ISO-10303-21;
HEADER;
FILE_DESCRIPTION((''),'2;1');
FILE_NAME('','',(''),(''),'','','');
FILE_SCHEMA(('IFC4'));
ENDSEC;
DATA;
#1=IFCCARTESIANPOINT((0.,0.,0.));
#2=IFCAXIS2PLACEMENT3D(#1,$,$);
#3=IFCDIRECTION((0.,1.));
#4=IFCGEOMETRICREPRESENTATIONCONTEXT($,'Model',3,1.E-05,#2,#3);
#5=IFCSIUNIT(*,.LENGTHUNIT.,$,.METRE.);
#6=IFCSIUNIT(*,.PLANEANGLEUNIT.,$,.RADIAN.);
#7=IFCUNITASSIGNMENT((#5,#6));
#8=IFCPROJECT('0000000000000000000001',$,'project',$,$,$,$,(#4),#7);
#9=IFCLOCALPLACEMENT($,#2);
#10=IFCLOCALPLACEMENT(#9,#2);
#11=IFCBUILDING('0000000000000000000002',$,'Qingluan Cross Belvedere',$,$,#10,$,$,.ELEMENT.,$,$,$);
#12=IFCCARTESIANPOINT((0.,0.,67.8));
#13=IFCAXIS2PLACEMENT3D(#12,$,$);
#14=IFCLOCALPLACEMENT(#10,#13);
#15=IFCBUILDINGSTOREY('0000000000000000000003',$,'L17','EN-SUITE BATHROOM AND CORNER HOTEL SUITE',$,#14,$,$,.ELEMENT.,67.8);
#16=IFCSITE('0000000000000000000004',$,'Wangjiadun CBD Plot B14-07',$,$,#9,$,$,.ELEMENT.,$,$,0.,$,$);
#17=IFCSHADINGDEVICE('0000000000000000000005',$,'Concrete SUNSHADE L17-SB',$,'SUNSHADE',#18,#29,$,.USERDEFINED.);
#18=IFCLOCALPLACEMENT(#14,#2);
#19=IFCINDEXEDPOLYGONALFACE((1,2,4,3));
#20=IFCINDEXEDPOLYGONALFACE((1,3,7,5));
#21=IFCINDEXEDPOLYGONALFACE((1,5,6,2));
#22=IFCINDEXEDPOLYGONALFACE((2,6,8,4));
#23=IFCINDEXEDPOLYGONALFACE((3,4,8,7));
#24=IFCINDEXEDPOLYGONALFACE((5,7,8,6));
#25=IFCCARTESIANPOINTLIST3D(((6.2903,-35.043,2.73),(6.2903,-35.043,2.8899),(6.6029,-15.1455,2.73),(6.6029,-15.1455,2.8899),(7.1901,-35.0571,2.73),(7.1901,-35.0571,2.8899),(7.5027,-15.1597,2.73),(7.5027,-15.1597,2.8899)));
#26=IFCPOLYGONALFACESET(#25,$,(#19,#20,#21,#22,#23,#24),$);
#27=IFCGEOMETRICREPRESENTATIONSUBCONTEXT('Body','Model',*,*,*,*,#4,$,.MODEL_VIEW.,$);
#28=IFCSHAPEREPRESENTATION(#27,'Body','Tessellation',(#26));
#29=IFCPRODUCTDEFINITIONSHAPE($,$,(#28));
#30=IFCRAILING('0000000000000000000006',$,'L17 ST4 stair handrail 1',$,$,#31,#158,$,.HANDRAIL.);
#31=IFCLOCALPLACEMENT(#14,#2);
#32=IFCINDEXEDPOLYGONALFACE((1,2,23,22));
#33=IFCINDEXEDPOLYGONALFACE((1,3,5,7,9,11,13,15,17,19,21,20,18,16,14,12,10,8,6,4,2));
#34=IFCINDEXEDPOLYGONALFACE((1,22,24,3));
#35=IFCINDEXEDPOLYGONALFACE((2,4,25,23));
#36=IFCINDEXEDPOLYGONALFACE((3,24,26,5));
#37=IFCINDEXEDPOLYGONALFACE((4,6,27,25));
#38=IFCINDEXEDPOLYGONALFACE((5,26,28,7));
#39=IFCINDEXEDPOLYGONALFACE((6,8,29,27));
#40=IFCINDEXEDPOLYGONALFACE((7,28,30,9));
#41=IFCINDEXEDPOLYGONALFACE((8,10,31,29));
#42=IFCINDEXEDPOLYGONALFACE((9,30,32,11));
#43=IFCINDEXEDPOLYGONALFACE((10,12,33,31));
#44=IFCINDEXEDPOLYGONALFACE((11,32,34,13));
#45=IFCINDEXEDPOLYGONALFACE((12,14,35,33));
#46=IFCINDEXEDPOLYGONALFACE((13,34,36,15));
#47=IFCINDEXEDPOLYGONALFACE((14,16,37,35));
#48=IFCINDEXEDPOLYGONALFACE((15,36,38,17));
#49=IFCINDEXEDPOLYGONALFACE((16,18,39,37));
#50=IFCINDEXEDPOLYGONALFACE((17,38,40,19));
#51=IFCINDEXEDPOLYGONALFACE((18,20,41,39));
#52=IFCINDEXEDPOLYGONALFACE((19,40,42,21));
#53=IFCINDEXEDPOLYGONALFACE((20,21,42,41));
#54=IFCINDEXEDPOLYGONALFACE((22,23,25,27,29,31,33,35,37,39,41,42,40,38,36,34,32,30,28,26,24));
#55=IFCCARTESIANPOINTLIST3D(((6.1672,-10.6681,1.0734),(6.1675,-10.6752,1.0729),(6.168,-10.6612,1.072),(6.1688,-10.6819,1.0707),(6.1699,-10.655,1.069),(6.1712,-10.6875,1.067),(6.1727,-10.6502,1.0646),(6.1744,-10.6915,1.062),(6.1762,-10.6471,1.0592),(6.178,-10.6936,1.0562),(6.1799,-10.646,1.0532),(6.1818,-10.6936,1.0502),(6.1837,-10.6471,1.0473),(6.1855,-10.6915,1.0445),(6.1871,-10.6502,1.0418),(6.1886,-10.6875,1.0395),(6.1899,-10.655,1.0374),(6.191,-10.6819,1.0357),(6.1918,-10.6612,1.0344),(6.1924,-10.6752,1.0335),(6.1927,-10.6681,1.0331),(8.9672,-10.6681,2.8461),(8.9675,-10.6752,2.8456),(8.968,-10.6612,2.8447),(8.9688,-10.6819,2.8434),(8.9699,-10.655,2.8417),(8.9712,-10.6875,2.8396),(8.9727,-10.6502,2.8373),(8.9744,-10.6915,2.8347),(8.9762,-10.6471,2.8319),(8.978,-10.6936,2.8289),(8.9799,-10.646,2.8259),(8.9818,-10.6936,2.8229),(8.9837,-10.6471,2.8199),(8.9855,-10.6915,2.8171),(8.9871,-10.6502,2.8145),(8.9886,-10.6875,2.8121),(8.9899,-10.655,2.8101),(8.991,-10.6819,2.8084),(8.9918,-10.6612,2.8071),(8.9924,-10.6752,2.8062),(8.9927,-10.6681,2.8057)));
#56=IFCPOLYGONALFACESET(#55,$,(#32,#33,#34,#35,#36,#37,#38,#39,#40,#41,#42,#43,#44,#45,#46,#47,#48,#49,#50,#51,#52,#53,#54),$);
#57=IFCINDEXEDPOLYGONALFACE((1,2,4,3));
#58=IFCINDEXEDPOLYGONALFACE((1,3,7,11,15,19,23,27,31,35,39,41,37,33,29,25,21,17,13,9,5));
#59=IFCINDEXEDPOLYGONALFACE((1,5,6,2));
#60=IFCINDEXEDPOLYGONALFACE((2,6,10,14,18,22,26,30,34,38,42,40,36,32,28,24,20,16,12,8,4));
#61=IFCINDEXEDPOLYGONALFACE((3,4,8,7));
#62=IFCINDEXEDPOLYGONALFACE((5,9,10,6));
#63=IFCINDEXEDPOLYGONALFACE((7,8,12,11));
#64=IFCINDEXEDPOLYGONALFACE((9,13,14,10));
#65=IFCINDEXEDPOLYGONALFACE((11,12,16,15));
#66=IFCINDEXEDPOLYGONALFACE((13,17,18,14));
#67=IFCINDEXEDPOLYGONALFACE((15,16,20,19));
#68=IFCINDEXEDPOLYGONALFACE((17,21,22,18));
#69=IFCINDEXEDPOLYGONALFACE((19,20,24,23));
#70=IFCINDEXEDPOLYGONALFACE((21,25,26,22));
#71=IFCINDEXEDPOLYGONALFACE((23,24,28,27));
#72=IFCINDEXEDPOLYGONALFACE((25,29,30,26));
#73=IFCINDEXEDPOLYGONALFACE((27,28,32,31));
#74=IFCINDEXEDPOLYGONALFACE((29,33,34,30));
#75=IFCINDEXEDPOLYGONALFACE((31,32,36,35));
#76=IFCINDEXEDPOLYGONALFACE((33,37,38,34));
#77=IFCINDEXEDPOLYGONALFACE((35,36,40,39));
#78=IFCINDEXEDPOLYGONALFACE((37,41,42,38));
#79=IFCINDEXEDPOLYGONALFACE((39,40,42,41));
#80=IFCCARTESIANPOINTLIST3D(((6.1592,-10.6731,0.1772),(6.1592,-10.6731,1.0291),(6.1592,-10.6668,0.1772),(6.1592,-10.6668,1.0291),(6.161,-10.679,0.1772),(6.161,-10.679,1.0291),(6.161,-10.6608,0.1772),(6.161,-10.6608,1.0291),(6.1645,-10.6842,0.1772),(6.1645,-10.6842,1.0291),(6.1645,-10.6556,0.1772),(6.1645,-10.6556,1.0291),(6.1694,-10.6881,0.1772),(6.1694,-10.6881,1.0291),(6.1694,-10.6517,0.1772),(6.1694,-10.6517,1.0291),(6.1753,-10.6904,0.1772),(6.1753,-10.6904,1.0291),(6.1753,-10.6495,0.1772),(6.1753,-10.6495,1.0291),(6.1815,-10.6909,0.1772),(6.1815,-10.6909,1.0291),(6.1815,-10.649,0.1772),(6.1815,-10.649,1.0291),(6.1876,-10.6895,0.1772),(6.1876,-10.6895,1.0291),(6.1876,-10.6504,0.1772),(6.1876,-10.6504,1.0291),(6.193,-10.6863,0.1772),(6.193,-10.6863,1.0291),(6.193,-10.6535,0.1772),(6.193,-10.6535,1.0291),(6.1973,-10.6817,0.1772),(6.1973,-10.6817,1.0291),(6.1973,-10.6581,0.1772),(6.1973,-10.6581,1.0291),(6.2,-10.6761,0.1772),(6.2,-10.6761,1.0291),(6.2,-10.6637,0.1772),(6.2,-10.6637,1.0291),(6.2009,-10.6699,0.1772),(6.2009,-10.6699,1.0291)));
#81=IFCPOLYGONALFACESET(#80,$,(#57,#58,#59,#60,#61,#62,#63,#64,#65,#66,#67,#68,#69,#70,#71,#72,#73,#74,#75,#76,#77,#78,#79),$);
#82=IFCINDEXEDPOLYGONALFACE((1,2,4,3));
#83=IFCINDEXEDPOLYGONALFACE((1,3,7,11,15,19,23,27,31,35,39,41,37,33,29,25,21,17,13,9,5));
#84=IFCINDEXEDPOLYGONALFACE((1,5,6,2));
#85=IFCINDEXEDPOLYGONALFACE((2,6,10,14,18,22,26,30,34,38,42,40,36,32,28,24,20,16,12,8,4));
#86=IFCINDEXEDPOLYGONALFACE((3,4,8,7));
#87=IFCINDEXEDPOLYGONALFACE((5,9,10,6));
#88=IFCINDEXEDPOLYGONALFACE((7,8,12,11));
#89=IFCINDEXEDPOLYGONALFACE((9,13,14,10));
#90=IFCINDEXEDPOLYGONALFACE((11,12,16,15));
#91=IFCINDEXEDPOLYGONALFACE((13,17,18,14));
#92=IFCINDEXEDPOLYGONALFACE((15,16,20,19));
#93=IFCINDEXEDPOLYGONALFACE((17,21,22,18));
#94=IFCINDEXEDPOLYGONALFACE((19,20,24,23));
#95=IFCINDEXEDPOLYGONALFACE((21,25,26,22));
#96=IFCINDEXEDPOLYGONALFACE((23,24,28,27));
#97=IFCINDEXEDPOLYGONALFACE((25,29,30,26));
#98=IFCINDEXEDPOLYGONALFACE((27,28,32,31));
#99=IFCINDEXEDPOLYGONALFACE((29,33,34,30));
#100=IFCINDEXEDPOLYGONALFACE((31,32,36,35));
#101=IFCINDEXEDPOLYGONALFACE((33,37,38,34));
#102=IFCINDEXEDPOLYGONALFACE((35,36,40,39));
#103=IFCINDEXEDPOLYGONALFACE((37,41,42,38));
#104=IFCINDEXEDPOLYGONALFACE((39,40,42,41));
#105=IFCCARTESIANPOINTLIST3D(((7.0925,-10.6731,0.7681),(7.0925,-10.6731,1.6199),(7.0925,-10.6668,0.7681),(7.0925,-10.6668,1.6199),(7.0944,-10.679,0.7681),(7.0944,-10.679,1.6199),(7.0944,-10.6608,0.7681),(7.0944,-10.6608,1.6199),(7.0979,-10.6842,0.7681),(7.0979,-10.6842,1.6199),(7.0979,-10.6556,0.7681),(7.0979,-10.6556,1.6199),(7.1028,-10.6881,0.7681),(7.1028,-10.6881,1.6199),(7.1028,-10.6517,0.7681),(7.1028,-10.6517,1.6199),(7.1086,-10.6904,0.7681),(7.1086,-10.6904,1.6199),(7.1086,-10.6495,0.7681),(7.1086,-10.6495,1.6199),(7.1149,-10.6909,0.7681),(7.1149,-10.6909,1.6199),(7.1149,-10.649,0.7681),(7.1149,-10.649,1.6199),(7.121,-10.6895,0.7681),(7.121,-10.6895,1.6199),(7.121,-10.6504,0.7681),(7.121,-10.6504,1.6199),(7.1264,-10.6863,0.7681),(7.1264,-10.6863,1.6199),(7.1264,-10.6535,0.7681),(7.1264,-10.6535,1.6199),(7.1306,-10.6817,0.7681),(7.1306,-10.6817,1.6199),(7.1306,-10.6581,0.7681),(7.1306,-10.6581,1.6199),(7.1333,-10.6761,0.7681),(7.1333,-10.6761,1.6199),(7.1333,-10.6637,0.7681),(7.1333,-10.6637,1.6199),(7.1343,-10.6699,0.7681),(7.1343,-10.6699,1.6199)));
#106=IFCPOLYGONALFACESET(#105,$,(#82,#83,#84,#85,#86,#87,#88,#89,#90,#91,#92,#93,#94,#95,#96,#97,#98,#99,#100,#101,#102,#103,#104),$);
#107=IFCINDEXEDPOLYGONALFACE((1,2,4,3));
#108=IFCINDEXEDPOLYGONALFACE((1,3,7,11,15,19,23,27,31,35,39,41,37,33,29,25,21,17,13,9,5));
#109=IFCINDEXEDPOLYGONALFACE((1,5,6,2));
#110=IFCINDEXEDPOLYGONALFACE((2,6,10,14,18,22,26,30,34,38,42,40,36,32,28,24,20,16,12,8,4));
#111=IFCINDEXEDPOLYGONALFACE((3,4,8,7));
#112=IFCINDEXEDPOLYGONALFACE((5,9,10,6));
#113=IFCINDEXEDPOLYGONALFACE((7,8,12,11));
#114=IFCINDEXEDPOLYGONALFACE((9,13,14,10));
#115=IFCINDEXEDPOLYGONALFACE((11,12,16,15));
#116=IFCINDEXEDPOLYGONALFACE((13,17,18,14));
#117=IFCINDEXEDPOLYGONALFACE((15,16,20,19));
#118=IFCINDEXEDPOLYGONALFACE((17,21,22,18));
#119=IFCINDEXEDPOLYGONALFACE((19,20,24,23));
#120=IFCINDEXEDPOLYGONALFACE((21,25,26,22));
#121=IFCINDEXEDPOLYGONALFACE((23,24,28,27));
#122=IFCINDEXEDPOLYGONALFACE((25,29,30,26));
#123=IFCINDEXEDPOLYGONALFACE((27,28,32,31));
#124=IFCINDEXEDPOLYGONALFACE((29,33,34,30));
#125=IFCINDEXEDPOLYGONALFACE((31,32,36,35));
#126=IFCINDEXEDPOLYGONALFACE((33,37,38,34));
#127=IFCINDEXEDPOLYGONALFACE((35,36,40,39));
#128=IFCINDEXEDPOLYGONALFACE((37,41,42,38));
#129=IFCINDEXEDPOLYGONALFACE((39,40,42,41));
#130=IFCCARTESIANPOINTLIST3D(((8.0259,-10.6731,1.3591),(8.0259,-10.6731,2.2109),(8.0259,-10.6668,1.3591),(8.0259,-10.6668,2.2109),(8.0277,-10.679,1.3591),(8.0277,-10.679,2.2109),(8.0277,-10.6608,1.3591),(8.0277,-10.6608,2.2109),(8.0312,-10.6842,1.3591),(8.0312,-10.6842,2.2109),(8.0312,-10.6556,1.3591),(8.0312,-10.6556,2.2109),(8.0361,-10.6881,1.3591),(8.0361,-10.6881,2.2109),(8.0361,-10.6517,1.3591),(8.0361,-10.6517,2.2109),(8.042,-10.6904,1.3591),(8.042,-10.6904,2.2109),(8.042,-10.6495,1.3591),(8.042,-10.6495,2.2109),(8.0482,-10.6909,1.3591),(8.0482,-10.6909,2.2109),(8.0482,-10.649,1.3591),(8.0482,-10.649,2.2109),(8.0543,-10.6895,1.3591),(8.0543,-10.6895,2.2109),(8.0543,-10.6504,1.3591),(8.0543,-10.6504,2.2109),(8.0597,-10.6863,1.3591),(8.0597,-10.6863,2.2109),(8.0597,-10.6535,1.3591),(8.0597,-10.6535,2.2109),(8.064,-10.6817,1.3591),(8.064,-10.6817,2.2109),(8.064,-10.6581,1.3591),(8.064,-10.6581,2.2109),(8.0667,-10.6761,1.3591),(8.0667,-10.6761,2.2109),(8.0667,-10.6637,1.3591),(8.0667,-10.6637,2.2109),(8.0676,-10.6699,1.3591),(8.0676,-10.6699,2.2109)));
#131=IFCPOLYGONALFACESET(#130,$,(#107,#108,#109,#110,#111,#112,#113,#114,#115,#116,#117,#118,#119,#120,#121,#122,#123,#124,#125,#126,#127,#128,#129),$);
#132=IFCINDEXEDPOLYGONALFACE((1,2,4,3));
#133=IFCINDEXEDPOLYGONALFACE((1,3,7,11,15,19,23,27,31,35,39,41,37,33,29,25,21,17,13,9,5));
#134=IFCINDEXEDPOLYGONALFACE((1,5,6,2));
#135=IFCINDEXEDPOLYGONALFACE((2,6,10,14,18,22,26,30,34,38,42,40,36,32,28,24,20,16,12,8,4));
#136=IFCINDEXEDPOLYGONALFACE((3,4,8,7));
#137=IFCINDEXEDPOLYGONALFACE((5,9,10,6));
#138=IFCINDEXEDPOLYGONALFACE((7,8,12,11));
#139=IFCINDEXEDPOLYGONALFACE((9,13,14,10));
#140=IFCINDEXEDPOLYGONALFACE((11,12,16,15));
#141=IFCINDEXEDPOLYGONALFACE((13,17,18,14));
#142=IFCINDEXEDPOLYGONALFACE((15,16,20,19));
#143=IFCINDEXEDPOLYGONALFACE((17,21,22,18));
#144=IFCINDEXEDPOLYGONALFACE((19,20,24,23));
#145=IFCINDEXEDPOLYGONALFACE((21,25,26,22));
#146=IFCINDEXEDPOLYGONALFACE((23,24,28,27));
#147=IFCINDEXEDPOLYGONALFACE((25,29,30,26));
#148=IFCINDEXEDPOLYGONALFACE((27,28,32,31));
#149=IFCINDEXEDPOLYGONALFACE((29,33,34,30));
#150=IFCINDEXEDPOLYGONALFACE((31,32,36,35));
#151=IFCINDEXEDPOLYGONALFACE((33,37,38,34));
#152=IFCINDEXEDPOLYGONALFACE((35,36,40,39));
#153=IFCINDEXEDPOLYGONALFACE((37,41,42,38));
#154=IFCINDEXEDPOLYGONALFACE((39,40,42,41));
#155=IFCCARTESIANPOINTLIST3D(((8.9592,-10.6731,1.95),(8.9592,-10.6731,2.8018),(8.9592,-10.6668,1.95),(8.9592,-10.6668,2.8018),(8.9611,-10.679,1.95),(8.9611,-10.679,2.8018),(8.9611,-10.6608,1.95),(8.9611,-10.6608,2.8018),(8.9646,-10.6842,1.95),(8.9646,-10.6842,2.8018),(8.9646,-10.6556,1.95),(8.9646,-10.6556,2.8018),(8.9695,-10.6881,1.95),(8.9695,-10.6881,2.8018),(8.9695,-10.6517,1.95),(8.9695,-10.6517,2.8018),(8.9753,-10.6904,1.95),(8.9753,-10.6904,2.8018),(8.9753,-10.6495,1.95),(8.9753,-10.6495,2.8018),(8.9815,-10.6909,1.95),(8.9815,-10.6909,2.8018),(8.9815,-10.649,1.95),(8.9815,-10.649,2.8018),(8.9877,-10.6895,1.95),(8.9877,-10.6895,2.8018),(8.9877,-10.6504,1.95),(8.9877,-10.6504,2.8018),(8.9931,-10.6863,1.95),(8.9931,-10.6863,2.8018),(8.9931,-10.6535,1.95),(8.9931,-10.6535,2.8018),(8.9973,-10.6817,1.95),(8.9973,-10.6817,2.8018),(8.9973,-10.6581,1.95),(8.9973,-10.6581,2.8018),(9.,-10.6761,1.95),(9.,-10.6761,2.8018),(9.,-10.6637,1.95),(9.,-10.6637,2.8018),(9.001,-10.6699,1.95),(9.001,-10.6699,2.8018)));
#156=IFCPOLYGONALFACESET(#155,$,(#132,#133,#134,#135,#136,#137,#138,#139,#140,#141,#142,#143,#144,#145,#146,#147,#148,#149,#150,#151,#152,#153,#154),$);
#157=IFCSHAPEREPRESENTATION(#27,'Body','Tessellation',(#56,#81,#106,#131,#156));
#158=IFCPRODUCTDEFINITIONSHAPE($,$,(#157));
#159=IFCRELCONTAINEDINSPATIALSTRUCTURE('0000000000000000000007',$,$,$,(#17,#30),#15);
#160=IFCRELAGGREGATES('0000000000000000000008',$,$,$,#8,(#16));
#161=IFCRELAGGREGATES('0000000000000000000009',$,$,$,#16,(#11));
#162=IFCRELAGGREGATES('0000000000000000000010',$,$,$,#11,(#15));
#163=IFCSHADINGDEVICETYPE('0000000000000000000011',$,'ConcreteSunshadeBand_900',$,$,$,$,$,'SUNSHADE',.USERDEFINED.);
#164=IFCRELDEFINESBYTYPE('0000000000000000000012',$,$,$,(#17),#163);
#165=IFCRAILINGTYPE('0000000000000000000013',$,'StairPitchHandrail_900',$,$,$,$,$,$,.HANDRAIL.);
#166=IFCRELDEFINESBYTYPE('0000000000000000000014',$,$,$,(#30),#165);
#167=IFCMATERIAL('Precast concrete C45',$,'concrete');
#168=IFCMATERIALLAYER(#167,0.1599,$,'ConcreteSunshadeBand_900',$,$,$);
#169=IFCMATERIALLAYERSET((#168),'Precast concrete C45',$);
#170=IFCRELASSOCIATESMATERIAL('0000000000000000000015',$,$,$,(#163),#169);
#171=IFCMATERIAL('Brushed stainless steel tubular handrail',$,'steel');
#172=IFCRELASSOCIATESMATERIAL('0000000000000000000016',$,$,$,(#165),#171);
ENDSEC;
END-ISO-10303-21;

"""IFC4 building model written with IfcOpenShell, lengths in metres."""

from ifc_helpers import new_model, si_unit, direction, frame, origin, origin_2d, place, context, subcontext, project, spatial, rectangle, circle, extrude, material, layer, layer_set, type_object, element, save


model = new_model("IFC4")

# Units and contexts
model_context = context("Model", 3, precision=1e-05, world=origin(), true_north=direction((0.0, 1.0)))
body_context = subcontext(model_context, "Body", "Model", "MODEL_VIEW")
ifc_project = project(units=[si_unit("LENGTHUNIT", "METRE"), si_unit("PLANEANGLEUNIT", "RADIAN")], contexts=[model_context])

# Site, building, storey
site_placement = place(None, origin())
site = spatial("IfcSite", under=ifc_project, at=site_placement, Name="Wangjiadun CBD Plot B14-07", CompositionType="ELEMENT", RefElevation=0.0)
building_placement = place(site_placement, origin())
building = spatial("IfcBuilding", under=site, at=building_placement, Name="Qingluan Cross Belvedere", CompositionType="ELEMENT")
storey_placement = place(building_placement, frame((0.0, 0.0, 67.8)))
storey = spatial("IfcBuildingStorey", under=building, at=storey_placement, Name="L17", Description="EN-SUITE BATHROOM AND CORNER HOTEL SUITE", CompositionType="ELEMENT", Elevation=67.8)

# Shading device
ifc_material_1 = material(Name="Precast concrete C45", Category="concrete")
ifc_layer_1 = layer(ifc_material_1, 0.1599, Name="ConcreteSunshadeBand_900")
ifc_layer_set_1 = layer_set([ifc_layer_1], Name="Precast concrete C45")
shading_device_type = type_object("IfcShadingDeviceType", Name="ConcreteSunshadeBand_900", ElementType="SUNSHADE", PredefinedType="USERDEFINED", material=ifc_layer_set_1)
shading_device_placement = place(storey_placement, frame((6.8965, -25.1013, 2.73), z_axis=(0.0, 0.0, 1.0), x_axis=(0.015706, 0.999877, 0.0)))
element("IfcShadingDevice", 1, at=shading_device_placement, inside=storey, type_object=shading_device_type, Name="Concrete SUNSHADE L17-SB", ObjectType="SUNSHADE", PredefinedType="USERDEFINED", context=body_context, shape_type="SweptSolid", body=[
    extrude(rectangle(XDim=19.8999, YDim=0.8999, at=origin_2d()), origin(), (0.0, 0.0, 1.0), 0.1599),
])

# Railing
ifc_material_2 = material(Name="Brushed stainless steel tubular handrail", Category="steel")
railing_type = type_object("IfcRailingType", Name="StairPitchHandrail_900", PredefinedType="HANDRAIL", material=ifc_material_2)
railing_placement = place(storey_placement, frame((6.1799, -10.6699, 0.1772)))
element("IfcRailing", 2, at=railing_placement, inside=storey, type_object=railing_type, Name="L17 ST4 stair handrail 1", PredefinedType="HANDRAIL", context=body_context, shape_type="SweptSolid", body=[
    extrude(circle(Radius=0.0239, at=origin_2d()), frame((0.0, 0.0, 0.876), z_axis=(0.844909, 0.0, 0.53491), x_axis=(0.0, 1.0, 0.0)), (0.0, 0.0, 1.0), 3.314),
    extrude(circle(Radius=0.021, at=origin_2d()), origin(), (0.0, 0.0, 1.0), 0.8518),
    extrude(circle(Radius=0.021, at=origin_2d()), frame((0.9333, 0.0, 0.5908)), (0.0, 0.0, 1.0), 0.8518),
    extrude(circle(Radius=0.021, at=origin_2d()), frame((1.8667, 0.0, 1.1819)), (0.0, 0.0, 1.0), 0.8518),
    extrude(circle(Radius=0.021, at=origin_2d()), frame((2.8, 0.0, 1.7727)), (0.0, 0.0, 1.0), 0.8518),
])

save(model, "model.ifc")
